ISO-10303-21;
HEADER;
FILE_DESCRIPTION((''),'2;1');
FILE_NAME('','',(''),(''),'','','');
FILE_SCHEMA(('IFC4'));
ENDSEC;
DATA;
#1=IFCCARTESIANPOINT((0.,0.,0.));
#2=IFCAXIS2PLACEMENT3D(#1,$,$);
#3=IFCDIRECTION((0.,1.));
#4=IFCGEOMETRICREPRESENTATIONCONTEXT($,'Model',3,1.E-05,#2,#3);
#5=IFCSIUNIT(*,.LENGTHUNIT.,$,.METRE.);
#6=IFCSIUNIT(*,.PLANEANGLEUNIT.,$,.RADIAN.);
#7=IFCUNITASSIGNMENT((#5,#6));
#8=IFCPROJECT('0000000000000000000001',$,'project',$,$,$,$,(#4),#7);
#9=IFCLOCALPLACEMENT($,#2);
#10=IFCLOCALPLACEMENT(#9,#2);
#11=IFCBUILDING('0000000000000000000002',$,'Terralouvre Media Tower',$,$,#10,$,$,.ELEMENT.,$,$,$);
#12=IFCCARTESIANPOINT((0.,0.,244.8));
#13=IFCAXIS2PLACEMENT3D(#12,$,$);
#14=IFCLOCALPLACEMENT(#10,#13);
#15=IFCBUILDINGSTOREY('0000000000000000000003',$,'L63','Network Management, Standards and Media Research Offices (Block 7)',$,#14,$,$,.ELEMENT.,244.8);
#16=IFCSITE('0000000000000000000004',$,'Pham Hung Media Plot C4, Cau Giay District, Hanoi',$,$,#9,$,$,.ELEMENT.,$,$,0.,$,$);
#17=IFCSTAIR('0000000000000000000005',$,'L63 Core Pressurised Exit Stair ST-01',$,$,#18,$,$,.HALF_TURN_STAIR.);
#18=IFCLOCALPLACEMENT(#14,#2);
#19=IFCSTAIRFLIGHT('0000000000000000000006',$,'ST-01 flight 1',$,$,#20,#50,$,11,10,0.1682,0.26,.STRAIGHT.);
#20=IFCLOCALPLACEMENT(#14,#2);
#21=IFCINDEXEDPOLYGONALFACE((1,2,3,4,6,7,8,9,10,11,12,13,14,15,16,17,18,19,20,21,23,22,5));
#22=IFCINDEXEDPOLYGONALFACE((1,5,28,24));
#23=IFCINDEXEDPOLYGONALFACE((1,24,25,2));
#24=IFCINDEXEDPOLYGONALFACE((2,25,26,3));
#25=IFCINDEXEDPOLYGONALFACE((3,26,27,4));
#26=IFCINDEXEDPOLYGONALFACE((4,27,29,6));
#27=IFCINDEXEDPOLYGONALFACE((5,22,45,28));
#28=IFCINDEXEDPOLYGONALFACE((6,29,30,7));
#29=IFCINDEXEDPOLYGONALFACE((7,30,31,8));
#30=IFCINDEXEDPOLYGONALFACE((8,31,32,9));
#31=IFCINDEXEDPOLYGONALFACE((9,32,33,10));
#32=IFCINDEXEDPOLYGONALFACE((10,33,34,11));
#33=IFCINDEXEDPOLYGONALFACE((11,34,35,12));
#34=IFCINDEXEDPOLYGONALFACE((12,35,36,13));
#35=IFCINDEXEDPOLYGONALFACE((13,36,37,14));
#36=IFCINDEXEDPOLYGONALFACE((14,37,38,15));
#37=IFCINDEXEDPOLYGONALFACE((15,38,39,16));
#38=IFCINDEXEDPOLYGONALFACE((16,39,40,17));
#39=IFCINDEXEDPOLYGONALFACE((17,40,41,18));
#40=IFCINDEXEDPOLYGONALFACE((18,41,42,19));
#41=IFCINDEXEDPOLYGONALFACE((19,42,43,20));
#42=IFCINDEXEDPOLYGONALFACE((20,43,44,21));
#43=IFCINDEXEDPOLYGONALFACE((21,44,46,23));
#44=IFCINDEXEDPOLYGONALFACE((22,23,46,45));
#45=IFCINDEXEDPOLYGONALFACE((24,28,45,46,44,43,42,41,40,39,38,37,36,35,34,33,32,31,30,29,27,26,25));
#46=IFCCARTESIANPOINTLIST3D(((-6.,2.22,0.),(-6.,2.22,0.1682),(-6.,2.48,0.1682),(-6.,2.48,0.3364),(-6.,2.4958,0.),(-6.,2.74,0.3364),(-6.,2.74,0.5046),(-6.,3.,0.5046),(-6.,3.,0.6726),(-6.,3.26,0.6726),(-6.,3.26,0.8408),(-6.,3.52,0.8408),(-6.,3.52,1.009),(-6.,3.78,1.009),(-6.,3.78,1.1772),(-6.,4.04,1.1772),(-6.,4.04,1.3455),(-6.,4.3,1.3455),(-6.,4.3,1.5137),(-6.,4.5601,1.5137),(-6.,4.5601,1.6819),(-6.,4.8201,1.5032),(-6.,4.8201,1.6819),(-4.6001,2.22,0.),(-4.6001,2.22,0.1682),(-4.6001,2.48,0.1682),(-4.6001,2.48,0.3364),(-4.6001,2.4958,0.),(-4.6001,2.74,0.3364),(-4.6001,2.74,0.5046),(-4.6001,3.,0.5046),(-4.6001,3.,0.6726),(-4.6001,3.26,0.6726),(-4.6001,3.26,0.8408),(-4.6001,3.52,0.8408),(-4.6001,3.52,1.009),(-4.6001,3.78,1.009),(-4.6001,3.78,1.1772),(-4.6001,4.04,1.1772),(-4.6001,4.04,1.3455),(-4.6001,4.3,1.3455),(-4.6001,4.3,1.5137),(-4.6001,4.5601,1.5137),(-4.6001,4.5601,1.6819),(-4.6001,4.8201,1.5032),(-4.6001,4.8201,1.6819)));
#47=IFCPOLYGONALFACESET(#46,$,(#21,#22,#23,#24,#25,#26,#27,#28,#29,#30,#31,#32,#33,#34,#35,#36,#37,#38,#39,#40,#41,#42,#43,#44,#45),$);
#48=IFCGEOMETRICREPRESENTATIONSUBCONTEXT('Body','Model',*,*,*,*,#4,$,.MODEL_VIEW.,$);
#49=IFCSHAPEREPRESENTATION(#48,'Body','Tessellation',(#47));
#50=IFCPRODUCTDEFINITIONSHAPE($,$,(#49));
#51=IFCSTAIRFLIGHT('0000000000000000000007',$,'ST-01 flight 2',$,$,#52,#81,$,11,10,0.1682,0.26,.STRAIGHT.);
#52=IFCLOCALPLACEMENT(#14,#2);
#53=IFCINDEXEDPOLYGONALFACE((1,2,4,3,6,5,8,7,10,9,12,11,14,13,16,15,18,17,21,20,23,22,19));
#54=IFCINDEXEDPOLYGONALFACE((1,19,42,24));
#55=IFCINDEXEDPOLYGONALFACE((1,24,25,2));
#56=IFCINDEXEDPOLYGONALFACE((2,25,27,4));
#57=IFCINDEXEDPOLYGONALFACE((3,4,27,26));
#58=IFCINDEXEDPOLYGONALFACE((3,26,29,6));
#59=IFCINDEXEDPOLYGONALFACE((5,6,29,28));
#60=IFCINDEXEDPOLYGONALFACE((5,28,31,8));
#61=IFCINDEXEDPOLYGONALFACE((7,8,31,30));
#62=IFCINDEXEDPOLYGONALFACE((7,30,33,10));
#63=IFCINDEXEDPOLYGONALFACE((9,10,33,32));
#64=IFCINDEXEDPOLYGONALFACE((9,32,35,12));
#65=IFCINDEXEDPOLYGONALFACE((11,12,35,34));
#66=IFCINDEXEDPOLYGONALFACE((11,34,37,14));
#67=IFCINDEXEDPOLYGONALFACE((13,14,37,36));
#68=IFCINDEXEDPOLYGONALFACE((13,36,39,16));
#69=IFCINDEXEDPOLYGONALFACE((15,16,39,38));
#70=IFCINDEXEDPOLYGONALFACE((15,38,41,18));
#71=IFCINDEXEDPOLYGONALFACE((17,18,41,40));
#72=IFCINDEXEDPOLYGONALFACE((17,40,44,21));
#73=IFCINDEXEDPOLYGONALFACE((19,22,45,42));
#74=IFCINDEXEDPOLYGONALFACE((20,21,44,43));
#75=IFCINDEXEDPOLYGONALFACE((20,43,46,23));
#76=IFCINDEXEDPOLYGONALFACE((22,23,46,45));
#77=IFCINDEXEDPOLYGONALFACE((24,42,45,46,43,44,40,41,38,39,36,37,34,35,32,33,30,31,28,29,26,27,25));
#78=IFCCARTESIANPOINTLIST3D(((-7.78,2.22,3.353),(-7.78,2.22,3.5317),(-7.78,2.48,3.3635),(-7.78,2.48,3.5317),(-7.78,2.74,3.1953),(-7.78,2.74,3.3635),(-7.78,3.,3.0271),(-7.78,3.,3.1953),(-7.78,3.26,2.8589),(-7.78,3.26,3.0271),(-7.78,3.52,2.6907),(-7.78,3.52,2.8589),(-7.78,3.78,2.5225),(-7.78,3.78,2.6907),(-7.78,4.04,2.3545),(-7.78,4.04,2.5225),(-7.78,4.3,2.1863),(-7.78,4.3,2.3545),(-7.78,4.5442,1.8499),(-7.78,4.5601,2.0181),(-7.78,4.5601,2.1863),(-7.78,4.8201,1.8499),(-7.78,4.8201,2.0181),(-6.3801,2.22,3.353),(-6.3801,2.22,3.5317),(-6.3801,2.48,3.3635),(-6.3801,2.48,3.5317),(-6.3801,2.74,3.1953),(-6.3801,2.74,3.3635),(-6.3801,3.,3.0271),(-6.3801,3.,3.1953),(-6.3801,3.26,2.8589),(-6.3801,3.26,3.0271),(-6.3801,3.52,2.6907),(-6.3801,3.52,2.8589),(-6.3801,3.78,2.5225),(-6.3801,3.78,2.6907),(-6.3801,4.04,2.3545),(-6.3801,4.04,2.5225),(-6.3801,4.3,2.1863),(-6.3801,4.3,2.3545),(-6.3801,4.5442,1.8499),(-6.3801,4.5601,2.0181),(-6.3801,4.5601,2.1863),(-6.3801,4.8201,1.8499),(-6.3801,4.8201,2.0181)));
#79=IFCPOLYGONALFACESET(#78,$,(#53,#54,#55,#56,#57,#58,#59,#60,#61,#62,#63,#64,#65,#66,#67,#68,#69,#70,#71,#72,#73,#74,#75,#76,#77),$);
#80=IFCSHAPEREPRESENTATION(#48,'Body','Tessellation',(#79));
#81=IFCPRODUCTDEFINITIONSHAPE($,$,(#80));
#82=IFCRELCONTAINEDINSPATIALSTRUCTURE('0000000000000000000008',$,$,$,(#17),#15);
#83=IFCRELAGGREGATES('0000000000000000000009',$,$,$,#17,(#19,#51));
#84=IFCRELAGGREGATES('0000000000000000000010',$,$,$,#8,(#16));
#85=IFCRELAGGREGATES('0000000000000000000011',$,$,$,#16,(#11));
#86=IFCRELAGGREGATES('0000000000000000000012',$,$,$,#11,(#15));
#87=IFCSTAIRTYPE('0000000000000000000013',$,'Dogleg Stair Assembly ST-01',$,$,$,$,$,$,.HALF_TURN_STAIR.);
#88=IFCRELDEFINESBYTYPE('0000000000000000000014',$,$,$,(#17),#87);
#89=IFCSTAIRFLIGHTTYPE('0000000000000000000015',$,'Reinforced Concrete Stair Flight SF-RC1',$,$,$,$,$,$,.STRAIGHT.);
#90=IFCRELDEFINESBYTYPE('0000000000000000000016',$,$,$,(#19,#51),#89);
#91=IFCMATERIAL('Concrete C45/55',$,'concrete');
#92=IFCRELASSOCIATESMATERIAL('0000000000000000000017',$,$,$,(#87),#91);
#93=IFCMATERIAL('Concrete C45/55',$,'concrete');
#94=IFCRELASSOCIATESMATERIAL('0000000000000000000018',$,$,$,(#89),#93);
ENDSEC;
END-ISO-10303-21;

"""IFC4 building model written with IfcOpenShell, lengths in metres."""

from ifc_helpers import new_model, si_unit, direction, frame, origin, place, context, subcontext, project, spatial, polyline, outline, extrude, material, type_object, element, aggregate, save


model = new_model("IFC4")

# Units and contexts
model_context = context("Model", 3, precision=1e-05, world=origin(), true_north=direction((0.0, 1.0)))
body_context = subcontext(model_context, "Body", "Model", "MODEL_VIEW")
ifc_project = project(units=[si_unit("LENGTHUNIT", "METRE"), si_unit("PLANEANGLEUNIT", "RADIAN")], contexts=[model_context])

# Site, building, storey
site_placement = place(None, origin())
site = spatial("IfcSite", under=ifc_project, at=site_placement, Name="Pham Hung Media Plot C4, Cau Giay District, Hanoi", CompositionType="ELEMENT", RefElevation=0.0)
building_placement = place(site_placement, origin())
building = spatial("IfcBuilding", under=site, at=building_placement, Name="Terralouvre Media Tower", CompositionType="ELEMENT")
storey_placement = place(building_placement, frame((0.0, 0.0, 244.8)))
storey = spatial("IfcBuildingStorey", under=building, at=storey_placement, Name="L63", Description="Network Management, Standards and Media Research Offices (Block 7)", CompositionType="ELEMENT", Elevation=244.8)

# Stair, stair flights
ifc_material_1 = material(Name="Concrete C45/55", Category="concrete")
stair_type = type_object("IfcStairType", Name="Dogleg Stair Assembly ST-01", PredefinedType="HALF_TURN_STAIR", material=ifc_material_1)
stair_placement = place(storey_placement, origin())
stair = element("IfcStair", 1, at=stair_placement, inside=storey, type_object=stair_type, Name="L63 Core Pressurised Exit Stair ST-01", PredefinedType="HALF_TURN_STAIR")
ifc_material_2 = material(Name="Concrete C45/55", Category="concrete")
stair_flight_type = type_object("IfcStairFlightType", Name="Reinforced Concrete Stair Flight SF-RC1", PredefinedType="STRAIGHT", material=ifc_material_2)
stair_flight_1_placement = place(storey_placement, frame((-5.3, 2.22, 0.0), z_axis=(0.0, 0.0, 1.0), x_axis=(0.0, 1.0, 0.0)))
stair_flight_1 = element("IfcStairFlight", 2, at=stair_flight_1_placement, type_object=stair_flight_type, Name="ST-01 flight 1", NumberOfRisers=11, NumberOfTreads=10, PredefinedType="STRAIGHT", RiserHeight=0.1682, TreadLength=0.26, context=body_context, shape_type="SweptSolid", body=[
    extrude(outline(polyline([(0.0, 0.0), (0.0, 0.1682), (0.26, 0.1682), (0.26, 0.3364), (0.52, 0.3364), (0.52, 0.5046), (0.78, 0.5046), (0.78, 0.6726), (1.04, 0.6726), (1.04, 0.8408), (1.3, 0.8408), (1.3, 1.009), (1.5601, 1.009), (1.5601, 1.1772), (1.8201, 1.1772), (1.8201, 1.3455), (2.0801, 1.3455), (2.0801, 1.5137), (2.3401, 1.5137), (2.3401, 1.6819), (2.6001, 1.6819), (2.6001, 1.8501), (2.6001, 1.5032), (0.2759, 0.0), (0.0, 0.0)])), frame((0.0, 0.7, 0.0), z_axis=(0.0, -1.0, 0.0), x_axis=(1.0, 0.0, 0.0)), (0.0, 0.0, 1.0), 1.3999),
])
stair_flight_2_placement = place(storey_placement, frame((-7.0801, 4.8201, 1.8499), z_axis=(0.0, 0.0, 1.0), x_axis=(0.0, -1.0, 0.0)))
stair_flight_2 = element("IfcStairFlight", 3, at=stair_flight_2_placement, type_object=stair_flight_type, Name="ST-01 flight 2", NumberOfRisers=11, NumberOfTreads=10, PredefinedType="STRAIGHT", RiserHeight=0.1682, TreadLength=0.26, context=body_context, shape_type="SweptSolid", body=[
    extrude(outline(polyline([(0.0, 0.0), (0.0, 0.1682), (0.26, 0.1682), (0.26, 0.3364), (0.52, 0.3364), (0.52, 0.5046), (0.78, 0.5046), (0.78, 0.6726), (1.04, 0.6726), (1.04, 0.8408), (1.3, 0.8408), (1.3, 1.009), (1.5601, 1.009), (1.5601, 1.1772), (1.8201, 1.1772), (1.8201, 1.3455), (2.0801, 1.3455), (2.0801, 1.5137), (2.3401, 1.5137), (2.3401, 1.6819), (2.6001, 1.6819), (2.6001, 1.8501), (2.6001, 1.5032), (0.2759, 0.0), (0.0, 0.0)])), frame((0.0, 0.7, 0.0), z_axis=(0.0, -1.0, 0.0), x_axis=(1.0, 0.0, 0.0)), (0.0, 0.0, 1.0), 1.3999),
])
aggregate(stair, [stair_flight_1, stair_flight_2])

save(model, "model.ifc")
